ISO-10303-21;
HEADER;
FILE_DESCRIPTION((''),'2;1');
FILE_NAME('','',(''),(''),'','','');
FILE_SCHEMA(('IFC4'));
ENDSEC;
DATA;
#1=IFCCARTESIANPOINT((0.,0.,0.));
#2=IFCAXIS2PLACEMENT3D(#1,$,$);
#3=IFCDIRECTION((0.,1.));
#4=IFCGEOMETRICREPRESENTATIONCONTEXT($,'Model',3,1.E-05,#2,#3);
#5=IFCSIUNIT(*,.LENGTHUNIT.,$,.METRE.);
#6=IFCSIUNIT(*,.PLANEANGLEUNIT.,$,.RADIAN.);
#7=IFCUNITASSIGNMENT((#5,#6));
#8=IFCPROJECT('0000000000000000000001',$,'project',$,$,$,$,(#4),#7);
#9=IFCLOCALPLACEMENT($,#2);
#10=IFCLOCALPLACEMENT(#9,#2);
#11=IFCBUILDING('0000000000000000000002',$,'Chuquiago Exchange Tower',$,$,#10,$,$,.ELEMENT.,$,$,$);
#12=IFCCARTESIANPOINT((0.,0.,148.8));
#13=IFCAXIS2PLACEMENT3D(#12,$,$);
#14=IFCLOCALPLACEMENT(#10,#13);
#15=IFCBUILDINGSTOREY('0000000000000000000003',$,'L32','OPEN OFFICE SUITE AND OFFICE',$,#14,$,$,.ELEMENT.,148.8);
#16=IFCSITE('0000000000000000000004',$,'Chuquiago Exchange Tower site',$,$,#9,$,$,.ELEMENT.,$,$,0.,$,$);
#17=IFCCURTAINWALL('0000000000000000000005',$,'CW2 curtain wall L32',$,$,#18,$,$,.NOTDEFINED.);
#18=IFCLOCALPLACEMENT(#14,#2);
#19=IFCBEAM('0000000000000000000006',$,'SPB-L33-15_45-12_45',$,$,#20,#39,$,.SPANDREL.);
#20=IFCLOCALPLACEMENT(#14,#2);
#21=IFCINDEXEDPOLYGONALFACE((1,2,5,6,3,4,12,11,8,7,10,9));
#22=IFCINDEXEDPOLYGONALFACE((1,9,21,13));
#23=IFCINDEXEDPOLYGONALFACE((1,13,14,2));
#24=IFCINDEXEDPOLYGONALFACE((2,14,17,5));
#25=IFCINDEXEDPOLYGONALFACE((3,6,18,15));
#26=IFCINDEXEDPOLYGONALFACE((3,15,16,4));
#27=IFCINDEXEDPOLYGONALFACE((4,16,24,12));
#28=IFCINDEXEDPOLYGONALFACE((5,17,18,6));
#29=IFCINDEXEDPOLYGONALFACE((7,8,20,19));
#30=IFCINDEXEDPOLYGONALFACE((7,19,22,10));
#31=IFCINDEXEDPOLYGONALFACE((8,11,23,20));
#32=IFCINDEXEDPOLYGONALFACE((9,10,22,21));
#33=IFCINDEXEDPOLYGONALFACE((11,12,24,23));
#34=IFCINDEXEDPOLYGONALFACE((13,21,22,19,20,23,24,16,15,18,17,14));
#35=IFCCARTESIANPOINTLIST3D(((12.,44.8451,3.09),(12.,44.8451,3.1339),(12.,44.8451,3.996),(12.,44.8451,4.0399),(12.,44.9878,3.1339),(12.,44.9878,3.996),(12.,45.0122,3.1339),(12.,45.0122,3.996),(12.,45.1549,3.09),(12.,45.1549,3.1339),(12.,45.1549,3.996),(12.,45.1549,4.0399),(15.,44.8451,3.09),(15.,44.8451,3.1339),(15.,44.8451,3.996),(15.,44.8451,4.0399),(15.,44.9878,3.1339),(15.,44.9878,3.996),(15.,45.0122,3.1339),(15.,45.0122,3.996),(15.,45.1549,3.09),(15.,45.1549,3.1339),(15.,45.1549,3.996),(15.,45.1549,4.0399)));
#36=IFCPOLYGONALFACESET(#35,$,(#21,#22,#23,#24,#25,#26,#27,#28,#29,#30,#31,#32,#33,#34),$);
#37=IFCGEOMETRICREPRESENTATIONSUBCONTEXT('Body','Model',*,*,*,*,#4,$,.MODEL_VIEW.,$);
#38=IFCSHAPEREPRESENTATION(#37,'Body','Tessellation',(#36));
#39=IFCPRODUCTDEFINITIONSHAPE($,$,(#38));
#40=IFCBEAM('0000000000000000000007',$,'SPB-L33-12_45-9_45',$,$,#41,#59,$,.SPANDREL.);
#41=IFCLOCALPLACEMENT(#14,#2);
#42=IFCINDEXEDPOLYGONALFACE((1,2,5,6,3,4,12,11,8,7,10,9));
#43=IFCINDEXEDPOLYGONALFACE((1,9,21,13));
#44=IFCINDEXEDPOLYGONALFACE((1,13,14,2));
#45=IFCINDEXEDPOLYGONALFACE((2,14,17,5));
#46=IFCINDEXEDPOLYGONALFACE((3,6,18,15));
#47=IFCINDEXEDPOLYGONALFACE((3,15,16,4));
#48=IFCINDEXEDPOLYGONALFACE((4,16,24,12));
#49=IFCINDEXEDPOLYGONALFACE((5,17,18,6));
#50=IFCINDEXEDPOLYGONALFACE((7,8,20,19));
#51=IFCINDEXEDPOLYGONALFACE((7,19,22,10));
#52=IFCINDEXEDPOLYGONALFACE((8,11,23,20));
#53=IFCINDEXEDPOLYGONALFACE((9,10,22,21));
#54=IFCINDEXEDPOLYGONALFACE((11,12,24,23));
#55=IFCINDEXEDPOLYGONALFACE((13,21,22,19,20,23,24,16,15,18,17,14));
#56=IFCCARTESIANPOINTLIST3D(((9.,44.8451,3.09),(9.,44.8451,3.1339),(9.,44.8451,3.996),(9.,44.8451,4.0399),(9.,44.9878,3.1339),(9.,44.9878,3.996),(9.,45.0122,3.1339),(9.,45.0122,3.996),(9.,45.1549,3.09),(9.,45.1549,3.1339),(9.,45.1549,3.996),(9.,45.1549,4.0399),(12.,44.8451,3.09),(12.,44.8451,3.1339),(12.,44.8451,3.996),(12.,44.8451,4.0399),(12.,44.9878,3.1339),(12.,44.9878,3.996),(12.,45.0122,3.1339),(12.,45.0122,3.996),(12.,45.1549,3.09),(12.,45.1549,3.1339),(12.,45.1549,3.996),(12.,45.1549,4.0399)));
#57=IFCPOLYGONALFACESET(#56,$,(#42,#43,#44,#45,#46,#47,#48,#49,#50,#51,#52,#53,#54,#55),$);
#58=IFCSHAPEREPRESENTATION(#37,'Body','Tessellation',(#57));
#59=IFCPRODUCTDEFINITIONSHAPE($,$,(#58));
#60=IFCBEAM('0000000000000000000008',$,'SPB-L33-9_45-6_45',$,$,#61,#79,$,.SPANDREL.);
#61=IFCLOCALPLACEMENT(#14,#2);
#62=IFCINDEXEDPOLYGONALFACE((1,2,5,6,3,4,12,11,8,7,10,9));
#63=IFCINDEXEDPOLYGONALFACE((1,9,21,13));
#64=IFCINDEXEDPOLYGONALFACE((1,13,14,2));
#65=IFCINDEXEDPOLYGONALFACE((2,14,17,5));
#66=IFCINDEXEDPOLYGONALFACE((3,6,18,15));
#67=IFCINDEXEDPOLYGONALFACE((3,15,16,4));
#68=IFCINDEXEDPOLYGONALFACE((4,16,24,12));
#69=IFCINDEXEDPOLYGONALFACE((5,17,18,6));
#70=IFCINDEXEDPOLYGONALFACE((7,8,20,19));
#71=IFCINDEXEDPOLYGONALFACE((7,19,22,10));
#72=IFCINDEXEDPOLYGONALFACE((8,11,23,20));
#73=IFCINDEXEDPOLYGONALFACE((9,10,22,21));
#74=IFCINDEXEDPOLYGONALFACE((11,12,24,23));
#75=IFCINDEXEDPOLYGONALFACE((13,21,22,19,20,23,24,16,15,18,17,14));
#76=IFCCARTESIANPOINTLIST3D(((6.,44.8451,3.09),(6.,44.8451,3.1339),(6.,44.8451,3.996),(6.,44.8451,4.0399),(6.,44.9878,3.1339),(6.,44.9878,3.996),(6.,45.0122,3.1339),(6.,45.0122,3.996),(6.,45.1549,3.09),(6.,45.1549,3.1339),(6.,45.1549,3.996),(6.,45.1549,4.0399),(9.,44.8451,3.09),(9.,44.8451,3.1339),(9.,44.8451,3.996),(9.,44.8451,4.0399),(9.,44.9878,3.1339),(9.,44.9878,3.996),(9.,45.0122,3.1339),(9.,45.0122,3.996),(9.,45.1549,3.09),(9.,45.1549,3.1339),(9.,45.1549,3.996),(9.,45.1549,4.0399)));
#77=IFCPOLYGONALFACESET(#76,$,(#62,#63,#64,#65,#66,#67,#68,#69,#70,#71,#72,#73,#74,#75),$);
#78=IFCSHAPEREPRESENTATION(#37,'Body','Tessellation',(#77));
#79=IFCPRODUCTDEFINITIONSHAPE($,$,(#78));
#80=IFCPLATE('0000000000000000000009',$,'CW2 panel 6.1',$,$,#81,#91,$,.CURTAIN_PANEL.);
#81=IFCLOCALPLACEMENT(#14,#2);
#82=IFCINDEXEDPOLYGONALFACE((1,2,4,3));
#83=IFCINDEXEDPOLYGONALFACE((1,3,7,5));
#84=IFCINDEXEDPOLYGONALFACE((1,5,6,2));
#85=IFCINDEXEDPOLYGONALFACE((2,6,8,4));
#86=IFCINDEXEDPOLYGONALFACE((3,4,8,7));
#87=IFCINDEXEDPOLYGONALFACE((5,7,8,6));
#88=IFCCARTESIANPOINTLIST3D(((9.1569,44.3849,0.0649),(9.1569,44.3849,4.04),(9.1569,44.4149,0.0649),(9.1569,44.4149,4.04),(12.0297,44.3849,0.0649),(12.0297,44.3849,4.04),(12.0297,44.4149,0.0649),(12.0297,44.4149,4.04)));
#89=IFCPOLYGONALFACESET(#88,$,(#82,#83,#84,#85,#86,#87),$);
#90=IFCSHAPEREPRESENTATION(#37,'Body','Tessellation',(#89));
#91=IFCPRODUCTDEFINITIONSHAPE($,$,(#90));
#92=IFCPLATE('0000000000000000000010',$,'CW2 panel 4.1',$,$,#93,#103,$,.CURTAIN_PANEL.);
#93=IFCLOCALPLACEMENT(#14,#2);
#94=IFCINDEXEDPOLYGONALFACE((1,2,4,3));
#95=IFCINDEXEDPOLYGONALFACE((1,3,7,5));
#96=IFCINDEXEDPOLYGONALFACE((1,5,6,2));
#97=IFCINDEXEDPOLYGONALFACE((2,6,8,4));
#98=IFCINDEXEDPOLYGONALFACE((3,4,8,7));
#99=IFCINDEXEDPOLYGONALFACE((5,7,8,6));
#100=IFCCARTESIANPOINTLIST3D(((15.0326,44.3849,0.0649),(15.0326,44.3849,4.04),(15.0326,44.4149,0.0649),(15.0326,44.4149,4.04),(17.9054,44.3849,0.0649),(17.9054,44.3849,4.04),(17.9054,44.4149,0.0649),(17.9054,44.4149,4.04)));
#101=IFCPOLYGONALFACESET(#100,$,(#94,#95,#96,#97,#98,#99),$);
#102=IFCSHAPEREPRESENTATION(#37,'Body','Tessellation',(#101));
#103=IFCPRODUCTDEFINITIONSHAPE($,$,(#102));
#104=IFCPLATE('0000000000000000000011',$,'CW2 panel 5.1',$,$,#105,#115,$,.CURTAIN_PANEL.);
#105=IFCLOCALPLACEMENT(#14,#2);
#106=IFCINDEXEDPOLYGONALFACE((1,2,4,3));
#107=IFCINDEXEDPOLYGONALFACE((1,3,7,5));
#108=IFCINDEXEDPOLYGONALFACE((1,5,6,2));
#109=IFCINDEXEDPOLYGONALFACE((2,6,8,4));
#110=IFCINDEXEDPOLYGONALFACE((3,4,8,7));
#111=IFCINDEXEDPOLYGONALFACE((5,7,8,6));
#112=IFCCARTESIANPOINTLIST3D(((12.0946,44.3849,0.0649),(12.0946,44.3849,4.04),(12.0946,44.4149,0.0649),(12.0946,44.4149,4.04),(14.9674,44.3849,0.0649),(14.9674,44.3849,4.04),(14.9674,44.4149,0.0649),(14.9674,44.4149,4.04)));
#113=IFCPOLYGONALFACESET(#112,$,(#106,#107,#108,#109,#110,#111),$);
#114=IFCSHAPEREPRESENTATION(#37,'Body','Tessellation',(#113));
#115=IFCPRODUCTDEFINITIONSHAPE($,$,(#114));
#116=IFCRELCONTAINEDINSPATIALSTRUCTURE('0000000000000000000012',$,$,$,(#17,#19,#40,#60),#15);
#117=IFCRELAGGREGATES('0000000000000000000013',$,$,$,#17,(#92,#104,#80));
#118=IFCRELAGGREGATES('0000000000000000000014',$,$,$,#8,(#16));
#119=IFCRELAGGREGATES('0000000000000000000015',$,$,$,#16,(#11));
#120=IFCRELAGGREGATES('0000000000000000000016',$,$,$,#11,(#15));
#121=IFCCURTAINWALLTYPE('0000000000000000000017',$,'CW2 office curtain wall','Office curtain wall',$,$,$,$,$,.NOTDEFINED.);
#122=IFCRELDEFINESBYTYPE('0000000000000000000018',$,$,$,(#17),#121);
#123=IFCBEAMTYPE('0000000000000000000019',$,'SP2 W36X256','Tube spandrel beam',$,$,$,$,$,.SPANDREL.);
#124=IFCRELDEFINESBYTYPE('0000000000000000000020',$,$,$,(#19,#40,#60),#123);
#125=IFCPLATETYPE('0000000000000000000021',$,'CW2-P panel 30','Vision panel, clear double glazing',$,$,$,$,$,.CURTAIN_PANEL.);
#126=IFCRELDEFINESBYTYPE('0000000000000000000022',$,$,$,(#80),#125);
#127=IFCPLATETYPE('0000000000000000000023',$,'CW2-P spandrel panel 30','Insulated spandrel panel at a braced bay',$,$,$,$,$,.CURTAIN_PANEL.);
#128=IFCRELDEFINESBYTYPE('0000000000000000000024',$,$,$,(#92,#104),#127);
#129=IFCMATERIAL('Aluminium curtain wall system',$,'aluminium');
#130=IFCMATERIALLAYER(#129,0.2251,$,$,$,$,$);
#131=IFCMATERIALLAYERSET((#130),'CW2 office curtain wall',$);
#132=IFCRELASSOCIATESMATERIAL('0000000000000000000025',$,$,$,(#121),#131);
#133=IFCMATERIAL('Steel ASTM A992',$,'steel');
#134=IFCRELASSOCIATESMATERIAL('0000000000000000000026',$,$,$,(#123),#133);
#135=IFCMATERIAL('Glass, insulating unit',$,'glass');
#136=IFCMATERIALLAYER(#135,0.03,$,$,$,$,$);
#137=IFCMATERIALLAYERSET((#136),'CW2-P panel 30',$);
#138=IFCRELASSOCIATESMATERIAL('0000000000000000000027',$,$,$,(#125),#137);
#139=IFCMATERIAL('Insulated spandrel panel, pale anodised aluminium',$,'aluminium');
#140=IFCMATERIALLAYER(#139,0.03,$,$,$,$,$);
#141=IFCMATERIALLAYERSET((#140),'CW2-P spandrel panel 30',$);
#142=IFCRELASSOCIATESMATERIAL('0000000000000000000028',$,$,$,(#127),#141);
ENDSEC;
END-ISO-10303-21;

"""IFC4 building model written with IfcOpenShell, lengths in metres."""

from ifc_helpers import new_model, si_unit, direction, frame, origin, origin_2d, place, context, subcontext, project, spatial, rectangle, i_section, extrude, material, layer, layer_set, material_profile, profile_set, type_object, element, aggregate, save


model = new_model("IFC4")

# Units and contexts
model_context = context("Model", 3, precision=1e-05, world=origin(), true_north=direction((0.0, 1.0)))
body_context = subcontext(model_context, "Body", "Model", "MODEL_VIEW")
ifc_project = project(units=[si_unit("LENGTHUNIT", "METRE"), si_unit("PLANEANGLEUNIT", "RADIAN")], contexts=[model_context])

# Site, building, storey
site_placement = place(None, origin())
site = spatial("IfcSite", under=ifc_project, at=site_placement, Name="Chuquiago Exchange Tower site", CompositionType="ELEMENT", RefElevation=0.0)
building_placement = place(site_placement, origin())
building = spatial("IfcBuilding", under=site, at=building_placement, Name="Chuquiago Exchange Tower", CompositionType="ELEMENT")
storey_placement = place(building_placement, frame((0.0, 0.0, 148.8)))
storey = spatial("IfcBuildingStorey", under=building, at=storey_placement, Name="L32", Description="OPEN OFFICE SUITE AND OFFICE", CompositionType="ELEMENT", Elevation=148.8)

# Curtain wall
ifc_material_1 = material(Name="Aluminium curtain wall system", Category="aluminium")
ifc_layer_1 = layer(ifc_material_1, 0.2251)
ifc_layer_set_1 = layer_set([ifc_layer_1], Name="CW2 office curtain wall")
curtain_wall_type = type_object("IfcCurtainWallType", Name="CW2 office curtain wall", Description="Office curtain wall", PredefinedType="NOTDEFINED", material=ifc_layer_set_1)
curtain_wall_placement = place(storey_placement, origin())
curtain_wall = element("IfcCurtainWall", 1, at=curtain_wall_placement, inside=storey, type_object=curtain_wall_type, Name="CW2 curtain wall L32", PredefinedType="NOTDEFINED")

# Beams
ifc_material_2 = material(Name="Steel ASTM A992", Category="steel")
ifc_material_profile_1 = material_profile(ifc_material_2, i_section(OverallWidth=0.3098, OverallDepth=0.95, WebThickness=0.0244, FlangeThickness=0.0439, at=origin_2d()), Name="W36X256")
ifc_profile_set_1 = profile_set([ifc_material_profile_1], Name="Steel ASTM A992")
beam_type = type_object("IfcBeamType", Name="SP2 W36X256", Description="Tube spandrel beam", PredefinedType="SPANDREL", material=ifc_profile_set_1)
for number, where, z_axis, x_axis, name in (
    (2, (15.0, 45.0, 3.5649), (-1.0, 0.0, 0.0), (0.0, -1.0, 0.0), "SPB-L33-15_45-12_45"),
    (3, (12.0, 45.0, 3.5649), (-1.0, 0.0, 0.0), (0.0, -1.0, 0.0), "SPB-L33-12_45-9_45"),
    (4, (9.0, 45.0, 3.5649), (-1.0, 0.0, 0.0), (0.0, -1.0, 0.0), "SPB-L33-9_45-6_45"),
):
    element("IfcBeam", number, at=place(storey_placement, frame(where, z_axis=z_axis, x_axis=x_axis)), inside=storey, type_object=beam_type, Name=name, PredefinedType="SPANDREL", context=body_context, shape_type="SweptSolid", body=[
        extrude(i_section(OverallWidth=0.3098, OverallDepth=0.95, WebThickness=0.0244, FlangeThickness=0.0439, at=origin_2d()), origin(), (0.0, 0.0, 1.0), 3.0),
    ])

# Plates
ifc_material_3 = material(Name="Glass, insulating unit", Category="glass")
ifc_layer_2 = layer(ifc_material_3, 0.03)
ifc_layer_set_2 = layer_set([ifc_layer_2], Name="CW2-P panel 30")
plate_type_1 = type_object("IfcPlateType", Name="CW2-P panel 30", Description="Vision panel, clear double glazing", PredefinedType="CURTAIN_PANEL", material=ifc_layer_set_2)
plate_1_placement = place(storey_placement, frame((10.5933, 44.3999, 0.0649), z_axis=(0.0, 0.0, 1.0), x_axis=(-1.0, 0.0, 0.0)))
plate_1 = element("IfcPlate", 5, at=plate_1_placement, type_object=plate_type_1, Name="CW2 panel 6.1", PredefinedType="CURTAIN_PANEL", context=body_context, shape_type="SweptSolid", body=[
    extrude(rectangle(XDim=2.8728, YDim=0.03, at=origin_2d()), origin(), (0.0, 0.0, 1.0), 3.9751),
])
ifc_material_4 = material(Name="Insulated spandrel panel, pale anodised aluminium", Category="aluminium")
ifc_layer_3 = layer(ifc_material_4, 0.03)
ifc_layer_set_3 = layer_set([ifc_layer_3], Name="CW2-P spandrel panel 30")
plate_type_2 = type_object("IfcPlateType", Name="CW2-P spandrel panel 30", Description="Insulated spandrel panel at a braced bay", PredefinedType="CURTAIN_PANEL", material=ifc_layer_set_3)
plate_2_placement = place(storey_placement, frame((16.469, 44.3999, 0.0649), z_axis=(0.0, 0.0, 1.0), x_axis=(-1.0, 0.0, 0.0)))
plate_2 = element("IfcPlate", 6, at=plate_2_placement, type_object=plate_type_2, Name="CW2 panel 4.1", PredefinedType="CURTAIN_PANEL", context=body_context, shape_type="SweptSolid", body=[
    extrude(rectangle(XDim=2.8728, YDim=0.03, at=origin_2d()), origin(), (0.0, 0.0, 1.0), 3.9751),
])
plate_3_placement = place(storey_placement, frame((13.531, 44.3999, 0.0649), z_axis=(0.0, 0.0, 1.0), x_axis=(-1.0, 0.0, 0.0)))
plate_3 = element("IfcPlate", 7, at=plate_3_placement, type_object=plate_type_2, Name="CW2 panel 5.1", PredefinedType="CURTAIN_PANEL", context=body_context, shape_type="SweptSolid", body=[
    extrude(rectangle(XDim=2.8728, YDim=0.03, at=origin_2d()), origin(), (0.0, 0.0, 1.0), 3.9751),
])
aggregate(curtain_wall, [plate_2, plate_3, plate_1])

save(model, "model.ifc")
